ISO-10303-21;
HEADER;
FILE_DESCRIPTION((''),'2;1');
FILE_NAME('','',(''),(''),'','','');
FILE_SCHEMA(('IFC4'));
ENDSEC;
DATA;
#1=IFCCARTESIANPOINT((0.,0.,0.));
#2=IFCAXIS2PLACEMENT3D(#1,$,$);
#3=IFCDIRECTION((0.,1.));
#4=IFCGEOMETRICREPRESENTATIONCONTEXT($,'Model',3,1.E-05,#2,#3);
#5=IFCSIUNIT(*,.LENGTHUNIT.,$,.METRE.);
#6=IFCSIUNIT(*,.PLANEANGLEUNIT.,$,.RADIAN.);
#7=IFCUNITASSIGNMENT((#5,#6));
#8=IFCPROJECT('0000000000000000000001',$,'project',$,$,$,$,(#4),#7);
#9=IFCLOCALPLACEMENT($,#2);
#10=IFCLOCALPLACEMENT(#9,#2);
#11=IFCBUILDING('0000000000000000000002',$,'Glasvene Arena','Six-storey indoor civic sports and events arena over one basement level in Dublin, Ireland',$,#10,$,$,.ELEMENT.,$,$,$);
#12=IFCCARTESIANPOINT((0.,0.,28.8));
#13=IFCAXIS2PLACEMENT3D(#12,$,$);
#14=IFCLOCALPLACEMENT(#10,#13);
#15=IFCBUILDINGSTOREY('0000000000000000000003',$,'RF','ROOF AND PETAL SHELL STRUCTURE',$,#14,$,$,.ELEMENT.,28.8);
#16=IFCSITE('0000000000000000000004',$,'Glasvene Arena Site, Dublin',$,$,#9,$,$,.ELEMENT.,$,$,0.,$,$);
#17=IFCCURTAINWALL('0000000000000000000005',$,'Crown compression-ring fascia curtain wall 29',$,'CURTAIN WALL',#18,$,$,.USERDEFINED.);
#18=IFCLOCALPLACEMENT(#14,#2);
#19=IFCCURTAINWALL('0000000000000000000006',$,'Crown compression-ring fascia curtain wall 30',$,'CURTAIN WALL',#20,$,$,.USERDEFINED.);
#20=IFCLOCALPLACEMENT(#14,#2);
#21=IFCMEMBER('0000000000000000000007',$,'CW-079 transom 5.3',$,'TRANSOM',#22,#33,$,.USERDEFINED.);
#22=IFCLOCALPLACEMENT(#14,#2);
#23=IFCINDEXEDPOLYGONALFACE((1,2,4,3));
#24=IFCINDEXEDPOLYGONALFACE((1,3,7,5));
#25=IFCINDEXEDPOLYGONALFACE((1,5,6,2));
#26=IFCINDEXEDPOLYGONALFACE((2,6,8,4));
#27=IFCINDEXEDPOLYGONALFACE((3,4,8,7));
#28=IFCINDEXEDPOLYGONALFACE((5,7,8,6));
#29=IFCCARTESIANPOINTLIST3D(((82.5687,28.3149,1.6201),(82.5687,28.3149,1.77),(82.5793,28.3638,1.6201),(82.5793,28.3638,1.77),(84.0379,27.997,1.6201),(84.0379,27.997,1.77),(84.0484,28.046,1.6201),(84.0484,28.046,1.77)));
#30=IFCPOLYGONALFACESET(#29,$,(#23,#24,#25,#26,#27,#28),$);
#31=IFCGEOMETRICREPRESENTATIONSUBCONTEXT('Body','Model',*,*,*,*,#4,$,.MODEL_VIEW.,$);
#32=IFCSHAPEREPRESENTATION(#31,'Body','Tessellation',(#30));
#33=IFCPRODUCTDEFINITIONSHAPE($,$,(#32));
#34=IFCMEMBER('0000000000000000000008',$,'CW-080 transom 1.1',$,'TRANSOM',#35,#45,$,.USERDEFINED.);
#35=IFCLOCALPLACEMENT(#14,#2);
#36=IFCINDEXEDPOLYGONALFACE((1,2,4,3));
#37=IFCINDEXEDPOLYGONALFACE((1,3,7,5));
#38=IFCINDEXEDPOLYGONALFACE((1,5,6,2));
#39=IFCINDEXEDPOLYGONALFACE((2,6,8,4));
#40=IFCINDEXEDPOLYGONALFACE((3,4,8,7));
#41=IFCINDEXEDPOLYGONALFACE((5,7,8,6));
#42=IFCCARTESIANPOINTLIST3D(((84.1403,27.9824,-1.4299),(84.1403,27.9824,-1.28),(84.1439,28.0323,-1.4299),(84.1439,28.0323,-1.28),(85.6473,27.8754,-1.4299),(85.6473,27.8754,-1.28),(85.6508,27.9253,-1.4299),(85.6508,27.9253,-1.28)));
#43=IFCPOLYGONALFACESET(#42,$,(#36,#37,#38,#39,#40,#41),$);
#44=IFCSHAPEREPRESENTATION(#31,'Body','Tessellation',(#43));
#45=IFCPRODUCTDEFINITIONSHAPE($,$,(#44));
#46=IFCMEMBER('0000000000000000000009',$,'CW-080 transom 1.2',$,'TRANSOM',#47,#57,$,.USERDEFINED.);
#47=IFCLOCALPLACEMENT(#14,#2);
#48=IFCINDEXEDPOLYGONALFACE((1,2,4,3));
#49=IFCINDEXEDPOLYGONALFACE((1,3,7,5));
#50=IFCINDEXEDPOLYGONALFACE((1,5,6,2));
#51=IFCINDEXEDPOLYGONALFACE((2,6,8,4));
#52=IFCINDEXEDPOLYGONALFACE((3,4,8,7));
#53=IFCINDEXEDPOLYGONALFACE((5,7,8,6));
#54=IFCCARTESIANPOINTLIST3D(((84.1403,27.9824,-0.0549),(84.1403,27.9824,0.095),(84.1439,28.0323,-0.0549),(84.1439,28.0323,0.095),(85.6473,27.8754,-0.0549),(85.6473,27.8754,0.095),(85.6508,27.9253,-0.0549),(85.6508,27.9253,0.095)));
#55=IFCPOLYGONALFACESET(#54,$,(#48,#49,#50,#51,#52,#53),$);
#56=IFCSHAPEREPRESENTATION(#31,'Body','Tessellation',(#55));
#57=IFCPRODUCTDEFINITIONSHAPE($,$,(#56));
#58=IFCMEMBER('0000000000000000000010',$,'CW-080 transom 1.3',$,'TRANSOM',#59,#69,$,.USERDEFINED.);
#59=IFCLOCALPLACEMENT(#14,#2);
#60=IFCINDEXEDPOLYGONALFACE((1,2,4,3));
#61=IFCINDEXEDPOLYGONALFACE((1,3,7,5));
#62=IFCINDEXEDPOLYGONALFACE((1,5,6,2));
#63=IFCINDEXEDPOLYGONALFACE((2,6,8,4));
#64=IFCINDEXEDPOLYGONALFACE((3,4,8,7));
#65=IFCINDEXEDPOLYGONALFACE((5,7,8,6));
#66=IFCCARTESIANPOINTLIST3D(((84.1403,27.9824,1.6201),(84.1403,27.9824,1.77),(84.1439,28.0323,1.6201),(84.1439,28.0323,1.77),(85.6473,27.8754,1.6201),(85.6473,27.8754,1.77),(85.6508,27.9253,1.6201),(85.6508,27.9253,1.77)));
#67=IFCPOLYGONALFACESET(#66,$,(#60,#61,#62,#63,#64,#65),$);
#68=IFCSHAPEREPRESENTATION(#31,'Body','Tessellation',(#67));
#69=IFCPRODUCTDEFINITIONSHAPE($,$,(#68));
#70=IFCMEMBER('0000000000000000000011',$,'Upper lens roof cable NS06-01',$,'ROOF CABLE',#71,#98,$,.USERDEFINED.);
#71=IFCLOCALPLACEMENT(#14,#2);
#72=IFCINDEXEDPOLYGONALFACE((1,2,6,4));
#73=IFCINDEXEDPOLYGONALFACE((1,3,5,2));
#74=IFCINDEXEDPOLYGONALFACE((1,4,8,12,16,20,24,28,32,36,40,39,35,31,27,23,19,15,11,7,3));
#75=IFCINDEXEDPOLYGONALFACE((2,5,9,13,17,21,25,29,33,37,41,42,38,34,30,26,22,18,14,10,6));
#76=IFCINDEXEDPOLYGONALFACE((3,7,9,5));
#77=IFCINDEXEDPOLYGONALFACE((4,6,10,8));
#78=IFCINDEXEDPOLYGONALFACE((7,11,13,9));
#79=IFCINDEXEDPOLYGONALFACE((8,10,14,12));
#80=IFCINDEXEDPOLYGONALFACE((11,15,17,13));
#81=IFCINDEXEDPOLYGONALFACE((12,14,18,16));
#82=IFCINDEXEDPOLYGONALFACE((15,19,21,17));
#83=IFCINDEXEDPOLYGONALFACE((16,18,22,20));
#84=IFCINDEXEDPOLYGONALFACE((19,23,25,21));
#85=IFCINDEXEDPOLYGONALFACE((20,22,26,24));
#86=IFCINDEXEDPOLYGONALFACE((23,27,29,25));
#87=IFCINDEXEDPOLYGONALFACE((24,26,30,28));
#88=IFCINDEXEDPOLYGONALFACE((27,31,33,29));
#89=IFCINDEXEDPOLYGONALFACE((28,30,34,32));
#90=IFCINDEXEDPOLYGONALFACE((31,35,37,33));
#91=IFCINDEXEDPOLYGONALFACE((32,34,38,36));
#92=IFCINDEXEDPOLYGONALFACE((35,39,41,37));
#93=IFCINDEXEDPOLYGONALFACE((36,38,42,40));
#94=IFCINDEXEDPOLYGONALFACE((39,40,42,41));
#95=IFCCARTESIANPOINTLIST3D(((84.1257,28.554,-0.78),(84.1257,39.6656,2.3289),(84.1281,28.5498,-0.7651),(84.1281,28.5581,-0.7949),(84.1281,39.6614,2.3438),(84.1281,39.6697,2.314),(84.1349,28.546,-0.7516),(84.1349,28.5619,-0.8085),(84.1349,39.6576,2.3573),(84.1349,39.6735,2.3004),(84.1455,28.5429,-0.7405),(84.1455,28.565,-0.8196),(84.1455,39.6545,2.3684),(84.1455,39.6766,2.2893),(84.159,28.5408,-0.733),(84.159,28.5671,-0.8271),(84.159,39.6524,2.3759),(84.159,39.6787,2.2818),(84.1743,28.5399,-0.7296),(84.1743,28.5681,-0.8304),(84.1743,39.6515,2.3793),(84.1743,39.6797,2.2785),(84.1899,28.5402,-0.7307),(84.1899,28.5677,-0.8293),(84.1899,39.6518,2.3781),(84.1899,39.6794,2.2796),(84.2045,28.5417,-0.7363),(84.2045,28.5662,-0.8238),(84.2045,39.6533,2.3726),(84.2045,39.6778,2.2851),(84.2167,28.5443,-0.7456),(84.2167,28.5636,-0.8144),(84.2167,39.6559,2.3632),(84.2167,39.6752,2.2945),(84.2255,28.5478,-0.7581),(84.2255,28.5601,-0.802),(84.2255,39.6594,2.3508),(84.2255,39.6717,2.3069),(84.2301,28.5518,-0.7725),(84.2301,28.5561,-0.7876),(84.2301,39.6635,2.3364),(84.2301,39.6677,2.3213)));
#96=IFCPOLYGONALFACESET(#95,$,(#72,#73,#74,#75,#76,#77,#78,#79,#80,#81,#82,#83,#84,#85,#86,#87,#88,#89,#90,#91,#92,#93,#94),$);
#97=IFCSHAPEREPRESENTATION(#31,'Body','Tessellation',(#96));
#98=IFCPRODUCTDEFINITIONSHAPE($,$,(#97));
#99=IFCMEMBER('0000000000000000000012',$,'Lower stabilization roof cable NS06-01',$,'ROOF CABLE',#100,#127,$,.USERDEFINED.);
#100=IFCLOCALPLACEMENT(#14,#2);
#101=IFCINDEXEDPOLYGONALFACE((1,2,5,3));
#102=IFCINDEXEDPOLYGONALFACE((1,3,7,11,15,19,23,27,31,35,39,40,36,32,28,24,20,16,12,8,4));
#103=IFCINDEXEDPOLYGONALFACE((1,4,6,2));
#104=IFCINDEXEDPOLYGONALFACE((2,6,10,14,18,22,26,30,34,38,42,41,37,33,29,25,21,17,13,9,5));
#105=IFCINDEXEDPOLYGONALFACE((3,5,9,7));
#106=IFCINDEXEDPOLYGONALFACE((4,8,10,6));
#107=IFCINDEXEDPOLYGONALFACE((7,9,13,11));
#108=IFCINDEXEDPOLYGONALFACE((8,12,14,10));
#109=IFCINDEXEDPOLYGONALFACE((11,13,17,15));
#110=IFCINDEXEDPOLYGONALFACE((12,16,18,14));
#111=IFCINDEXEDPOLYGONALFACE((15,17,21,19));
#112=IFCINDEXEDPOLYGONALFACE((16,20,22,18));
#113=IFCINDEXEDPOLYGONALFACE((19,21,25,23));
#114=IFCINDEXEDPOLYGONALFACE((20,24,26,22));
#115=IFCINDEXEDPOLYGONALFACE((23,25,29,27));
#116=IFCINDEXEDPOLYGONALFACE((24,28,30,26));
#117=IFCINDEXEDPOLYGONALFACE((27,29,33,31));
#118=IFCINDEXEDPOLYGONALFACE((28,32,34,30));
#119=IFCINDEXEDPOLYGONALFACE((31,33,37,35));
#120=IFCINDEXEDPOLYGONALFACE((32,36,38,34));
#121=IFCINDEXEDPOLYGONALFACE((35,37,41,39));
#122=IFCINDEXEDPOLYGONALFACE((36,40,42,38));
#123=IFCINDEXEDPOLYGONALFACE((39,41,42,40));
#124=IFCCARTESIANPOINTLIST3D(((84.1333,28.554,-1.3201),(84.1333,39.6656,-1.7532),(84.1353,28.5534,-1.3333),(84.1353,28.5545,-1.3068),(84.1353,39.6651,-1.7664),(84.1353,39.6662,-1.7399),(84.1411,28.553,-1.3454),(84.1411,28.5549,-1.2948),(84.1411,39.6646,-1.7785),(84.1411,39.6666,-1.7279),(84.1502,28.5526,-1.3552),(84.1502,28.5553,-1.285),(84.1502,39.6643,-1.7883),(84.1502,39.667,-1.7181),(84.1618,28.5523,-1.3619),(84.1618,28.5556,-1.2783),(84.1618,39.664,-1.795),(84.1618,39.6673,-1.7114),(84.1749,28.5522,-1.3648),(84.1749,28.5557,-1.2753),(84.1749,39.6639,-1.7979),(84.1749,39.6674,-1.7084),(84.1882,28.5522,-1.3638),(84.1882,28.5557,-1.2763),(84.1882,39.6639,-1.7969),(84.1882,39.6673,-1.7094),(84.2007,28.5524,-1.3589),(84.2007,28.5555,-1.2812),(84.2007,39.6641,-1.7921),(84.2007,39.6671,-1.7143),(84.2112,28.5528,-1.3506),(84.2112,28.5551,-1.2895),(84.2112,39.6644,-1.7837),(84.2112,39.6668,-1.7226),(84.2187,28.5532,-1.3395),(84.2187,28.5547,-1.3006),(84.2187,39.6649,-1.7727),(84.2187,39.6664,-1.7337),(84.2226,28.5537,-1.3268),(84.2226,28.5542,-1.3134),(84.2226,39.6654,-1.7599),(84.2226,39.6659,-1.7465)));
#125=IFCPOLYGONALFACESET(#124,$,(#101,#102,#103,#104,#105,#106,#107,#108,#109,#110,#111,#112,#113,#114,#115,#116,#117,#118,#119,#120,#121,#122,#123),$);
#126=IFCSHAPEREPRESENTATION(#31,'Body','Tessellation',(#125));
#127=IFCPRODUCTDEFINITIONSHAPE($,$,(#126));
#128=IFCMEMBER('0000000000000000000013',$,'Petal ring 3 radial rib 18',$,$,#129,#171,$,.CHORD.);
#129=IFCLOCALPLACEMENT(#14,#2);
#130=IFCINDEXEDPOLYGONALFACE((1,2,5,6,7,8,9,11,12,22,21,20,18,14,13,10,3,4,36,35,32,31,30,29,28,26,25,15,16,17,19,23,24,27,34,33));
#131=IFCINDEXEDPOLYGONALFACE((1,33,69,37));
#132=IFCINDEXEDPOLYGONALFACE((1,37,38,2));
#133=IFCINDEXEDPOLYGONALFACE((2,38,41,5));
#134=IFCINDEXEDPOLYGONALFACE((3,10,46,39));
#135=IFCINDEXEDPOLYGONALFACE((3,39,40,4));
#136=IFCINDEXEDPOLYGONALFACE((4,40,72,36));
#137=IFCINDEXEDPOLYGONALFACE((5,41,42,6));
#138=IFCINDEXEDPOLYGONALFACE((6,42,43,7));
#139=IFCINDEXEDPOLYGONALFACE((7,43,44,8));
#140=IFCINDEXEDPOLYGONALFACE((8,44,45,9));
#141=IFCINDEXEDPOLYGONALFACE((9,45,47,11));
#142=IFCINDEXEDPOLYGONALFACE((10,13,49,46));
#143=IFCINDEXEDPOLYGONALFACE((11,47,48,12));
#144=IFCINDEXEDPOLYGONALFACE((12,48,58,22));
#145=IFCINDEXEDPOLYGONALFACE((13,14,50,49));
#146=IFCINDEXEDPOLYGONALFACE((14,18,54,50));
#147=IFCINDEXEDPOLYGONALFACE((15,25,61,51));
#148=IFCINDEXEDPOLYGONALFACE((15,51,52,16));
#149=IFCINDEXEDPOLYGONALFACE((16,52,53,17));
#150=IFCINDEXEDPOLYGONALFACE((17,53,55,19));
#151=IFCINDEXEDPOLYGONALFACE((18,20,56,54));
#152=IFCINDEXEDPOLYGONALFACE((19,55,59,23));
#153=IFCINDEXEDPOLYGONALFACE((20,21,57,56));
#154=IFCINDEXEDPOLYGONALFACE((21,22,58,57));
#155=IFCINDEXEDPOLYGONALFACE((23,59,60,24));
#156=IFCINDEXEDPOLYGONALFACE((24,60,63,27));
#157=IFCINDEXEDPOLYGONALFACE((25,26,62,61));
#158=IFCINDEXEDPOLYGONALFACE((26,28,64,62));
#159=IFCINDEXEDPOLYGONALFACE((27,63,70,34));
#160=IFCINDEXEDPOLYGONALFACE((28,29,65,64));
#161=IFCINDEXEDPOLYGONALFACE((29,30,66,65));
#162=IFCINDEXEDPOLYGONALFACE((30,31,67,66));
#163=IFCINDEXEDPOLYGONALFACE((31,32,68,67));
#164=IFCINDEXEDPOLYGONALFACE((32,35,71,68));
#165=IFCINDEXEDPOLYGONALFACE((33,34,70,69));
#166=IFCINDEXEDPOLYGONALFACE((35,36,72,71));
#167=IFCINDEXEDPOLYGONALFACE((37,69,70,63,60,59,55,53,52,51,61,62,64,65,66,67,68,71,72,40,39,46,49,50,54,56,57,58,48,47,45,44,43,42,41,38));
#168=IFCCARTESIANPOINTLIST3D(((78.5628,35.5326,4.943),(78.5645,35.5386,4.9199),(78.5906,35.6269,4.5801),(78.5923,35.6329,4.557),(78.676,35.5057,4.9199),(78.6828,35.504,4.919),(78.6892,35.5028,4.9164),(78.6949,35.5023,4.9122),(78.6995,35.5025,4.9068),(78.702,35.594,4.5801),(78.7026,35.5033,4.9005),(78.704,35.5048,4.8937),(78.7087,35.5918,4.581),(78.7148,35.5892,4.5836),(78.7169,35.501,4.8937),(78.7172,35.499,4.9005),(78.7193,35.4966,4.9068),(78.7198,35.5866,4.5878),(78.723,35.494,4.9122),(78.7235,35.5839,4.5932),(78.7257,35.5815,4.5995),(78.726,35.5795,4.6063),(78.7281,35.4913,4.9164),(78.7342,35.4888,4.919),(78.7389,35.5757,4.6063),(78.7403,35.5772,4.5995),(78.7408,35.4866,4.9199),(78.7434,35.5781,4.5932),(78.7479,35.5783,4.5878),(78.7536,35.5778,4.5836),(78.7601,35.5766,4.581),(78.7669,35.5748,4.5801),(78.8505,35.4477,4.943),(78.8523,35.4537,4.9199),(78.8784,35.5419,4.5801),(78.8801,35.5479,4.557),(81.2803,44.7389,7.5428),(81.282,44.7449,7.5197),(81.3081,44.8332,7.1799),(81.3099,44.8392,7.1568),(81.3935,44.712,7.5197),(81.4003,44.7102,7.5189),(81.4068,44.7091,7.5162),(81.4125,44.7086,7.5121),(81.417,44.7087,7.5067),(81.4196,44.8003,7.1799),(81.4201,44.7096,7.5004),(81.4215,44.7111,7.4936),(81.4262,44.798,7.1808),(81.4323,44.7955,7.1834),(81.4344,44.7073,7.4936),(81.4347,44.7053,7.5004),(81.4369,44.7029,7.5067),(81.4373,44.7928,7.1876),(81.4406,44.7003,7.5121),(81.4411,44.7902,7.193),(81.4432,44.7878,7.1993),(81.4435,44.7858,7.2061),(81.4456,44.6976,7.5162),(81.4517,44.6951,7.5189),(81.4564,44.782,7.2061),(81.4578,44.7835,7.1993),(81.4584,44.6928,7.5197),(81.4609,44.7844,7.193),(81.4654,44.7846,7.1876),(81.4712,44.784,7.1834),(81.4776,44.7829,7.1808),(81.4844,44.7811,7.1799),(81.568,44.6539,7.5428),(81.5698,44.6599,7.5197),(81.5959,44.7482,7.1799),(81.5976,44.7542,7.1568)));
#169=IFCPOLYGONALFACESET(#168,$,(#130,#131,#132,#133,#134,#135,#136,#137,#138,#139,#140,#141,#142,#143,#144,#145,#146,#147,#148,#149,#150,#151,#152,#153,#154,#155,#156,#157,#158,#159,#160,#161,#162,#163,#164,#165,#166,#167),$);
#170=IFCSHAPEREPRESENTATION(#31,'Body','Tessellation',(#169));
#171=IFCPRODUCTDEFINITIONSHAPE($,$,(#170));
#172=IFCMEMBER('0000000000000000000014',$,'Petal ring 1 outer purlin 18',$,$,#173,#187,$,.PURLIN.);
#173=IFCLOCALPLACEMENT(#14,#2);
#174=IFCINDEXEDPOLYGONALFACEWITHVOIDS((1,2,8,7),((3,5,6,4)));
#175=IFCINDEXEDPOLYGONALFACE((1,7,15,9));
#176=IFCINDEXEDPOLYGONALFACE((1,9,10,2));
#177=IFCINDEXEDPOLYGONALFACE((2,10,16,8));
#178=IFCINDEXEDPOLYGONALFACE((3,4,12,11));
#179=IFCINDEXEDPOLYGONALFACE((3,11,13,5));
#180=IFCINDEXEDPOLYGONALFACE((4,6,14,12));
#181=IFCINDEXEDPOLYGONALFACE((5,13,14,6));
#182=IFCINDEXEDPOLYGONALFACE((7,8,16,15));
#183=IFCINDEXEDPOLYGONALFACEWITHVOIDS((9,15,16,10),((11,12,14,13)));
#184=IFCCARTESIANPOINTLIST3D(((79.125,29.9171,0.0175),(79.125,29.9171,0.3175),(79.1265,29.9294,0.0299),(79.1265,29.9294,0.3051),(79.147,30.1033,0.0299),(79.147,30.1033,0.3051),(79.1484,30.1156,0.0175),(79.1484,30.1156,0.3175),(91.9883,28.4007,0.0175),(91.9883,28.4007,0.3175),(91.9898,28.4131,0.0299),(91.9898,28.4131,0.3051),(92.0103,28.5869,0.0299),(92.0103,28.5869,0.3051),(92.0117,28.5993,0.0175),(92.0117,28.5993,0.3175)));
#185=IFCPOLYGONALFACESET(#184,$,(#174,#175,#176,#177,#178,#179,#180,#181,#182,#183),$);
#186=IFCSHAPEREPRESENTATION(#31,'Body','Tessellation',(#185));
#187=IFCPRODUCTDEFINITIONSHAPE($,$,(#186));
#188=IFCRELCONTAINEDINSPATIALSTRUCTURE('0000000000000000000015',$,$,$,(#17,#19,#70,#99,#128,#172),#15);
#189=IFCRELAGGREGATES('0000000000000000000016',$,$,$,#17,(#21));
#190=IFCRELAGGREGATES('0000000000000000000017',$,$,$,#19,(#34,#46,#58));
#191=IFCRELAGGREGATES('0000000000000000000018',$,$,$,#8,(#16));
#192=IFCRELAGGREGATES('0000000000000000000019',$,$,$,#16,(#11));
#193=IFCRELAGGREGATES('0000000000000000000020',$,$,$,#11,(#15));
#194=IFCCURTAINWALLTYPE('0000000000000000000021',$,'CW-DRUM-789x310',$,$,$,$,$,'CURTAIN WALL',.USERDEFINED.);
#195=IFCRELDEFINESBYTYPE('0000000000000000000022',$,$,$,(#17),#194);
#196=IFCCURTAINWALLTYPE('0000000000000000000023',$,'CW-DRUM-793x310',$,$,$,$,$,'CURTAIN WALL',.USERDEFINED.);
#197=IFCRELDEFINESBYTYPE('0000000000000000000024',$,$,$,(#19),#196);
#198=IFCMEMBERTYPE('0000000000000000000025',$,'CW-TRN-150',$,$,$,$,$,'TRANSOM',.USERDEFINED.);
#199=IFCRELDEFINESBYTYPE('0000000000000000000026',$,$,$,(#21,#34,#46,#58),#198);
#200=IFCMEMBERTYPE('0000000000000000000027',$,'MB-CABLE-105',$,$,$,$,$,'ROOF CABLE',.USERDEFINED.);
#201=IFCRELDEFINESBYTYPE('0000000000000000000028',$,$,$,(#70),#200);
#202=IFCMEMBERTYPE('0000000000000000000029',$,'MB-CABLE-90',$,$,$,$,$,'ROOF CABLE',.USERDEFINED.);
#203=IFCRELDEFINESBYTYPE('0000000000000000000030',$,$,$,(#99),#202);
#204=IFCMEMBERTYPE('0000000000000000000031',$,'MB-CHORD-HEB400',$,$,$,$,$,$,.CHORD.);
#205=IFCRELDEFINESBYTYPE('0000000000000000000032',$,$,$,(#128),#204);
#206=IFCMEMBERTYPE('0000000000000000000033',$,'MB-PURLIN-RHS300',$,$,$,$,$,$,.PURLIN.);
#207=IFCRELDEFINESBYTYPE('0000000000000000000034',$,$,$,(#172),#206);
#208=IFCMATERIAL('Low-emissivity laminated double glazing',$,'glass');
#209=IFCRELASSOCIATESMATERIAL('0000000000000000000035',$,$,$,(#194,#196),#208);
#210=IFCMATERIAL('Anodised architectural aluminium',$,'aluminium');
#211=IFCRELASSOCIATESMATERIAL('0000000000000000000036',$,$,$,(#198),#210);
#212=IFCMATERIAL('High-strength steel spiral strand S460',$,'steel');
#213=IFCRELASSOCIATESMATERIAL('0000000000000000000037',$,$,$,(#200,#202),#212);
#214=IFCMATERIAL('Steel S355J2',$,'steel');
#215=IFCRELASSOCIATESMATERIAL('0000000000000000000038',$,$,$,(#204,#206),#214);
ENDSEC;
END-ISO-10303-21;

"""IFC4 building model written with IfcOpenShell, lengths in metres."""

from ifc_helpers import new_model, si_unit, direction, frame, origin, origin_2d, place, context, subcontext, project, spatial, rectangle, hollow_rectangle, circle, i_section, extrude, material, material_profile, profile_set, type_object, element, aggregate, save


model = new_model("IFC4")

# Units and contexts
model_context = context("Model", 3, precision=1e-05, world=origin(), true_north=direction((0.0, 1.0)))
body_context = subcontext(model_context, "Body", "Model", "MODEL_VIEW")
ifc_project = project(units=[si_unit("LENGTHUNIT", "METRE"), si_unit("PLANEANGLEUNIT", "RADIAN")], contexts=[model_context])

# Site, building, storey
site_placement = place(None, origin())
site = spatial("IfcSite", under=ifc_project, at=site_placement, Name="Glasvene Arena Site, Dublin", CompositionType="ELEMENT", RefElevation=0.0)
building_placement = place(site_placement, origin())
building = spatial("IfcBuilding", under=site, at=building_placement, Name="Glasvene Arena", Description="Six-storey indoor civic sports and events arena over one basement level in Dublin, Ireland", CompositionType="ELEMENT")
storey_placement = place(building_placement, frame((0.0, 0.0, 28.8)))
storey = spatial("IfcBuildingStorey", under=building, at=storey_placement, Name="RF", Description="ROOF AND PETAL SHELL STRUCTURE", CompositionType="ELEMENT", Elevation=28.8)

# Shared definitions
ifc_material_1 = material(Name="Steel S355J2", Category="steel")

# Curtain wall
ifc_material_2 = material(Name="Low-emissivity laminated double glazing", Category="glass")
curtain_wall_type_1 = type_object("IfcCurtainWallType", Name="CW-DRUM-789x310", ElementType="CURTAIN WALL", PredefinedType="USERDEFINED", material=ifc_material_2)
curtain_wall_1_placement = place(storey_placement, frame((76.3792, 29.6794, 0.0)))
curtain_wall_1 = element("IfcCurtainWall", 1, at=curtain_wall_1_placement, inside=storey, type_object=curtain_wall_type_1, Name="Crown compression-ring fascia curtain wall 29", ObjectType="CURTAIN WALL", PredefinedType="USERDEFINED")
ifc_material_3 = material(Name="Anodised architectural aluminium", Category="aluminium")

# Curtain wall
curtain_wall_type_2 = type_object("IfcCurtainWallType", Name="CW-DRUM-793x310", ElementType="CURTAIN WALL", PredefinedType="USERDEFINED", material=ifc_material_2)
curtain_wall_2_placement = place(storey_placement, frame((84.0923, 28.0107, 0.0)))
curtain_wall_2 = element("IfcCurtainWall", 2, at=curtain_wall_2_placement, inside=storey, type_object=curtain_wall_type_2, Name="Crown compression-ring fascia curtain wall 30", ObjectType="CURTAIN WALL", PredefinedType="USERDEFINED")

# Members
ifc_material_profile_1 = material_profile(ifc_material_3, rectangle(XDim=0.05, YDim=0.1499, at=origin_2d()), Name="ALU TRANSOM 50x150")
ifc_profile_set_1 = profile_set([ifc_material_profile_1], Name="Anodised architectural aluminium")
member_type_1 = type_object("IfcMemberType", Name="CW-TRN-150", ElementType="TRANSOM", PredefinedType="USERDEFINED", material=ifc_profile_set_1)
member_1_placement = place(storey_placement, frame((82.574, 28.3394, 1.6951), z_axis=(0.977387, -0.211459, 0.0), x_axis=(0.211459, 0.977387, 0.0)))
member_1 = element("IfcMember", 3, at=member_1_placement, type_object=member_type_1, Name="CW-079 transom 5.3", ObjectType="TRANSOM", PredefinedType="USERDEFINED", context=body_context, shape_type="SweptSolid", body=[
    extrude(rectangle(XDim=0.05, YDim=0.1499, at=origin_2d()), origin(), (0.0, 0.0, 1.0), 1.5032),
])
member_2_placement = place(storey_placement, frame((84.1421, 28.0073, -1.355), z_axis=(0.997491, -0.070788, 0.0), x_axis=(0.070788, 0.997491, 0.0)))
member_2 = element("IfcMember", 4, at=member_2_placement, type_object=member_type_1, Name="CW-080 transom 1.1", ObjectType="TRANSOM", PredefinedType="USERDEFINED", context=body_context, shape_type="SweptSolid", body=[
    extrude(rectangle(XDim=0.05, YDim=0.1499, at=origin_2d()), origin(), (0.0, 0.0, 1.0), 1.5107),
])
member_3_placement = place(storey_placement, frame((84.1421, 28.0073, 0.02), z_axis=(0.997491, -0.070788, 0.0), x_axis=(0.070788, 0.997491, 0.0)))
member_3 = element("IfcMember", 5, at=member_3_placement, type_object=member_type_1, Name="CW-080 transom 1.2", ObjectType="TRANSOM", PredefinedType="USERDEFINED", context=body_context, shape_type="SweptSolid", body=[
    extrude(rectangle(XDim=0.05, YDim=0.1499, at=origin_2d()), origin(), (0.0, 0.0, 1.0), 1.5107),
])
member_4_placement = place(storey_placement, frame((84.1421, 28.0073, 1.6951), z_axis=(0.997491, -0.070788, 0.0), x_axis=(0.070788, 0.997491, 0.0)))
member_4 = element("IfcMember", 6, at=member_4_placement, type_object=member_type_1, Name="CW-080 transom 1.3", ObjectType="TRANSOM", PredefinedType="USERDEFINED", context=body_context, shape_type="SweptSolid", body=[
    extrude(rectangle(XDim=0.05, YDim=0.1499, at=origin_2d()), origin(), (0.0, 0.0, 1.0), 1.5107),
])

# Members
ifc_material_4 = material(Name="High-strength steel spiral strand S460", Category="steel")
ifc_material_profile_2 = material_profile(ifc_material_4, circle(Radius=0.0525, at=origin_2d()), Name="LCSS D105")
ifc_profile_set_2 = profile_set([ifc_material_profile_2], Name="High-strength steel spiral strand S460")
member_type_2 = type_object("IfcMemberType", Name="MB-CABLE-105", ElementType="ROOF CABLE", PredefinedType="USERDEFINED", material=ifc_profile_set_2)
member_5_placement = place(storey_placement, frame((84.1782, 28.554, -0.78), z_axis=(0.0, 0.963017, 0.269441), x_axis=(-1.0, 0.0, 0.0)))
element("IfcMember", 7, at=member_5_placement, inside=storey, type_object=member_type_2, Name="Upper lens roof cable NS06-01", ObjectType="ROOF CABLE", PredefinedType="USERDEFINED", context=body_context, shape_type="SweptSolid", body=[
    extrude(circle(Radius=0.0525, at=origin_2d()), origin(), (0.0, 0.0, 1.0), 11.5383),
])
ifc_material_profile_3 = material_profile(ifc_material_4, circle(Radius=0.0449, at=origin_2d()), Name="LCSS D90")
ifc_profile_set_3 = profile_set([ifc_material_profile_3], Name="High-strength steel spiral strand S460")
member_type_3 = type_object("IfcMemberType", Name="MB-CABLE-90", ElementType="ROOF CABLE", PredefinedType="USERDEFINED", material=ifc_profile_set_3)
member_6_placement = place(storey_placement, frame((84.1782, 28.554, -1.3201), z_axis=(0.0, 0.999241, -0.038948), x_axis=(-1.0, 0.0, 0.0)))
element("IfcMember", 8, at=member_6_placement, inside=storey, type_object=member_type_3, Name="Lower stabilization roof cable NS06-01", ObjectType="ROOF CABLE", PredefinedType="USERDEFINED", context=body_context, shape_type="SweptSolid", body=[
    extrude(circle(Radius=0.0449, at=origin_2d()), origin(), (0.0, 0.0, 1.0), 11.1201),
])
ifc_material_profile_4 = material_profile(ifc_material_1, i_section(OverallWidth=0.3, OverallDepth=0.3999, WebThickness=0.0134, FlangeThickness=0.0239, FilletRadius=0.0271, at=origin_2d()), Name="HEB 400")
ifc_profile_set_4 = profile_set([ifc_material_profile_4], Name="Steel S355J2")
member_type_4 = type_object("IfcMemberType", Name="MB-CHORD-HEB400", PredefinedType="CHORD", material=ifc_profile_set_4)
member_7_placement = place(storey_placement, frame((78.7214, 35.5403, 4.75), z_axis=(0.27326, 0.925735, 0.261427), x_axis=(-0.959089, 0.283105, 0.0)))
element("IfcMember", 9, at=member_7_placement, inside=storey, type_object=member_type_4, Name="Petal ring 3 radial rib 18", PredefinedType="CHORD", context=body_context, shape_type="SweptSolid", body=[
    extrude(i_section(OverallWidth=0.3, OverallDepth=0.3999, WebThickness=0.0134, FlangeThickness=0.0239, FilletRadius=0.0271, at=origin_2d()), origin(), (0.0, 0.0, 1.0), 9.9448),
])
ifc_material_profile_5 = material_profile(ifc_material_1, hollow_rectangle(XDim=0.2, YDim=0.3, WallThickness=0.0125, at=origin_2d()), Name="RHS 300x200x12.5")
ifc_profile_set_5 = profile_set([ifc_material_profile_5], Name="Steel S355J2")
member_type_5 = type_object("IfcMemberType", Name="MB-PURLIN-RHS300", PredefinedType="PURLIN", material=ifc_profile_set_5)
member_8_placement = place(storey_placement, frame((79.1367, 30.0164, 0.1675), z_axis=(0.993123, -0.117072, 0.0), x_axis=(0.117072, 0.993123, 0.0)))
element("IfcMember", 10, at=member_8_placement, inside=storey, type_object=member_type_5, Name="Petal ring 1 outer purlin 18", PredefinedType="PURLIN", context=body_context, shape_type="SweptSolid", body=[
    extrude(hollow_rectangle(XDim=0.2, YDim=0.3, WallThickness=0.0125, at=origin_2d()), origin(), (0.0, 0.0, 1.0), 12.9524),
])

aggregate(curtain_wall_1, [member_1])
aggregate(curtain_wall_2, [member_2, member_3, member_4])

save(model, "model.ifc")
